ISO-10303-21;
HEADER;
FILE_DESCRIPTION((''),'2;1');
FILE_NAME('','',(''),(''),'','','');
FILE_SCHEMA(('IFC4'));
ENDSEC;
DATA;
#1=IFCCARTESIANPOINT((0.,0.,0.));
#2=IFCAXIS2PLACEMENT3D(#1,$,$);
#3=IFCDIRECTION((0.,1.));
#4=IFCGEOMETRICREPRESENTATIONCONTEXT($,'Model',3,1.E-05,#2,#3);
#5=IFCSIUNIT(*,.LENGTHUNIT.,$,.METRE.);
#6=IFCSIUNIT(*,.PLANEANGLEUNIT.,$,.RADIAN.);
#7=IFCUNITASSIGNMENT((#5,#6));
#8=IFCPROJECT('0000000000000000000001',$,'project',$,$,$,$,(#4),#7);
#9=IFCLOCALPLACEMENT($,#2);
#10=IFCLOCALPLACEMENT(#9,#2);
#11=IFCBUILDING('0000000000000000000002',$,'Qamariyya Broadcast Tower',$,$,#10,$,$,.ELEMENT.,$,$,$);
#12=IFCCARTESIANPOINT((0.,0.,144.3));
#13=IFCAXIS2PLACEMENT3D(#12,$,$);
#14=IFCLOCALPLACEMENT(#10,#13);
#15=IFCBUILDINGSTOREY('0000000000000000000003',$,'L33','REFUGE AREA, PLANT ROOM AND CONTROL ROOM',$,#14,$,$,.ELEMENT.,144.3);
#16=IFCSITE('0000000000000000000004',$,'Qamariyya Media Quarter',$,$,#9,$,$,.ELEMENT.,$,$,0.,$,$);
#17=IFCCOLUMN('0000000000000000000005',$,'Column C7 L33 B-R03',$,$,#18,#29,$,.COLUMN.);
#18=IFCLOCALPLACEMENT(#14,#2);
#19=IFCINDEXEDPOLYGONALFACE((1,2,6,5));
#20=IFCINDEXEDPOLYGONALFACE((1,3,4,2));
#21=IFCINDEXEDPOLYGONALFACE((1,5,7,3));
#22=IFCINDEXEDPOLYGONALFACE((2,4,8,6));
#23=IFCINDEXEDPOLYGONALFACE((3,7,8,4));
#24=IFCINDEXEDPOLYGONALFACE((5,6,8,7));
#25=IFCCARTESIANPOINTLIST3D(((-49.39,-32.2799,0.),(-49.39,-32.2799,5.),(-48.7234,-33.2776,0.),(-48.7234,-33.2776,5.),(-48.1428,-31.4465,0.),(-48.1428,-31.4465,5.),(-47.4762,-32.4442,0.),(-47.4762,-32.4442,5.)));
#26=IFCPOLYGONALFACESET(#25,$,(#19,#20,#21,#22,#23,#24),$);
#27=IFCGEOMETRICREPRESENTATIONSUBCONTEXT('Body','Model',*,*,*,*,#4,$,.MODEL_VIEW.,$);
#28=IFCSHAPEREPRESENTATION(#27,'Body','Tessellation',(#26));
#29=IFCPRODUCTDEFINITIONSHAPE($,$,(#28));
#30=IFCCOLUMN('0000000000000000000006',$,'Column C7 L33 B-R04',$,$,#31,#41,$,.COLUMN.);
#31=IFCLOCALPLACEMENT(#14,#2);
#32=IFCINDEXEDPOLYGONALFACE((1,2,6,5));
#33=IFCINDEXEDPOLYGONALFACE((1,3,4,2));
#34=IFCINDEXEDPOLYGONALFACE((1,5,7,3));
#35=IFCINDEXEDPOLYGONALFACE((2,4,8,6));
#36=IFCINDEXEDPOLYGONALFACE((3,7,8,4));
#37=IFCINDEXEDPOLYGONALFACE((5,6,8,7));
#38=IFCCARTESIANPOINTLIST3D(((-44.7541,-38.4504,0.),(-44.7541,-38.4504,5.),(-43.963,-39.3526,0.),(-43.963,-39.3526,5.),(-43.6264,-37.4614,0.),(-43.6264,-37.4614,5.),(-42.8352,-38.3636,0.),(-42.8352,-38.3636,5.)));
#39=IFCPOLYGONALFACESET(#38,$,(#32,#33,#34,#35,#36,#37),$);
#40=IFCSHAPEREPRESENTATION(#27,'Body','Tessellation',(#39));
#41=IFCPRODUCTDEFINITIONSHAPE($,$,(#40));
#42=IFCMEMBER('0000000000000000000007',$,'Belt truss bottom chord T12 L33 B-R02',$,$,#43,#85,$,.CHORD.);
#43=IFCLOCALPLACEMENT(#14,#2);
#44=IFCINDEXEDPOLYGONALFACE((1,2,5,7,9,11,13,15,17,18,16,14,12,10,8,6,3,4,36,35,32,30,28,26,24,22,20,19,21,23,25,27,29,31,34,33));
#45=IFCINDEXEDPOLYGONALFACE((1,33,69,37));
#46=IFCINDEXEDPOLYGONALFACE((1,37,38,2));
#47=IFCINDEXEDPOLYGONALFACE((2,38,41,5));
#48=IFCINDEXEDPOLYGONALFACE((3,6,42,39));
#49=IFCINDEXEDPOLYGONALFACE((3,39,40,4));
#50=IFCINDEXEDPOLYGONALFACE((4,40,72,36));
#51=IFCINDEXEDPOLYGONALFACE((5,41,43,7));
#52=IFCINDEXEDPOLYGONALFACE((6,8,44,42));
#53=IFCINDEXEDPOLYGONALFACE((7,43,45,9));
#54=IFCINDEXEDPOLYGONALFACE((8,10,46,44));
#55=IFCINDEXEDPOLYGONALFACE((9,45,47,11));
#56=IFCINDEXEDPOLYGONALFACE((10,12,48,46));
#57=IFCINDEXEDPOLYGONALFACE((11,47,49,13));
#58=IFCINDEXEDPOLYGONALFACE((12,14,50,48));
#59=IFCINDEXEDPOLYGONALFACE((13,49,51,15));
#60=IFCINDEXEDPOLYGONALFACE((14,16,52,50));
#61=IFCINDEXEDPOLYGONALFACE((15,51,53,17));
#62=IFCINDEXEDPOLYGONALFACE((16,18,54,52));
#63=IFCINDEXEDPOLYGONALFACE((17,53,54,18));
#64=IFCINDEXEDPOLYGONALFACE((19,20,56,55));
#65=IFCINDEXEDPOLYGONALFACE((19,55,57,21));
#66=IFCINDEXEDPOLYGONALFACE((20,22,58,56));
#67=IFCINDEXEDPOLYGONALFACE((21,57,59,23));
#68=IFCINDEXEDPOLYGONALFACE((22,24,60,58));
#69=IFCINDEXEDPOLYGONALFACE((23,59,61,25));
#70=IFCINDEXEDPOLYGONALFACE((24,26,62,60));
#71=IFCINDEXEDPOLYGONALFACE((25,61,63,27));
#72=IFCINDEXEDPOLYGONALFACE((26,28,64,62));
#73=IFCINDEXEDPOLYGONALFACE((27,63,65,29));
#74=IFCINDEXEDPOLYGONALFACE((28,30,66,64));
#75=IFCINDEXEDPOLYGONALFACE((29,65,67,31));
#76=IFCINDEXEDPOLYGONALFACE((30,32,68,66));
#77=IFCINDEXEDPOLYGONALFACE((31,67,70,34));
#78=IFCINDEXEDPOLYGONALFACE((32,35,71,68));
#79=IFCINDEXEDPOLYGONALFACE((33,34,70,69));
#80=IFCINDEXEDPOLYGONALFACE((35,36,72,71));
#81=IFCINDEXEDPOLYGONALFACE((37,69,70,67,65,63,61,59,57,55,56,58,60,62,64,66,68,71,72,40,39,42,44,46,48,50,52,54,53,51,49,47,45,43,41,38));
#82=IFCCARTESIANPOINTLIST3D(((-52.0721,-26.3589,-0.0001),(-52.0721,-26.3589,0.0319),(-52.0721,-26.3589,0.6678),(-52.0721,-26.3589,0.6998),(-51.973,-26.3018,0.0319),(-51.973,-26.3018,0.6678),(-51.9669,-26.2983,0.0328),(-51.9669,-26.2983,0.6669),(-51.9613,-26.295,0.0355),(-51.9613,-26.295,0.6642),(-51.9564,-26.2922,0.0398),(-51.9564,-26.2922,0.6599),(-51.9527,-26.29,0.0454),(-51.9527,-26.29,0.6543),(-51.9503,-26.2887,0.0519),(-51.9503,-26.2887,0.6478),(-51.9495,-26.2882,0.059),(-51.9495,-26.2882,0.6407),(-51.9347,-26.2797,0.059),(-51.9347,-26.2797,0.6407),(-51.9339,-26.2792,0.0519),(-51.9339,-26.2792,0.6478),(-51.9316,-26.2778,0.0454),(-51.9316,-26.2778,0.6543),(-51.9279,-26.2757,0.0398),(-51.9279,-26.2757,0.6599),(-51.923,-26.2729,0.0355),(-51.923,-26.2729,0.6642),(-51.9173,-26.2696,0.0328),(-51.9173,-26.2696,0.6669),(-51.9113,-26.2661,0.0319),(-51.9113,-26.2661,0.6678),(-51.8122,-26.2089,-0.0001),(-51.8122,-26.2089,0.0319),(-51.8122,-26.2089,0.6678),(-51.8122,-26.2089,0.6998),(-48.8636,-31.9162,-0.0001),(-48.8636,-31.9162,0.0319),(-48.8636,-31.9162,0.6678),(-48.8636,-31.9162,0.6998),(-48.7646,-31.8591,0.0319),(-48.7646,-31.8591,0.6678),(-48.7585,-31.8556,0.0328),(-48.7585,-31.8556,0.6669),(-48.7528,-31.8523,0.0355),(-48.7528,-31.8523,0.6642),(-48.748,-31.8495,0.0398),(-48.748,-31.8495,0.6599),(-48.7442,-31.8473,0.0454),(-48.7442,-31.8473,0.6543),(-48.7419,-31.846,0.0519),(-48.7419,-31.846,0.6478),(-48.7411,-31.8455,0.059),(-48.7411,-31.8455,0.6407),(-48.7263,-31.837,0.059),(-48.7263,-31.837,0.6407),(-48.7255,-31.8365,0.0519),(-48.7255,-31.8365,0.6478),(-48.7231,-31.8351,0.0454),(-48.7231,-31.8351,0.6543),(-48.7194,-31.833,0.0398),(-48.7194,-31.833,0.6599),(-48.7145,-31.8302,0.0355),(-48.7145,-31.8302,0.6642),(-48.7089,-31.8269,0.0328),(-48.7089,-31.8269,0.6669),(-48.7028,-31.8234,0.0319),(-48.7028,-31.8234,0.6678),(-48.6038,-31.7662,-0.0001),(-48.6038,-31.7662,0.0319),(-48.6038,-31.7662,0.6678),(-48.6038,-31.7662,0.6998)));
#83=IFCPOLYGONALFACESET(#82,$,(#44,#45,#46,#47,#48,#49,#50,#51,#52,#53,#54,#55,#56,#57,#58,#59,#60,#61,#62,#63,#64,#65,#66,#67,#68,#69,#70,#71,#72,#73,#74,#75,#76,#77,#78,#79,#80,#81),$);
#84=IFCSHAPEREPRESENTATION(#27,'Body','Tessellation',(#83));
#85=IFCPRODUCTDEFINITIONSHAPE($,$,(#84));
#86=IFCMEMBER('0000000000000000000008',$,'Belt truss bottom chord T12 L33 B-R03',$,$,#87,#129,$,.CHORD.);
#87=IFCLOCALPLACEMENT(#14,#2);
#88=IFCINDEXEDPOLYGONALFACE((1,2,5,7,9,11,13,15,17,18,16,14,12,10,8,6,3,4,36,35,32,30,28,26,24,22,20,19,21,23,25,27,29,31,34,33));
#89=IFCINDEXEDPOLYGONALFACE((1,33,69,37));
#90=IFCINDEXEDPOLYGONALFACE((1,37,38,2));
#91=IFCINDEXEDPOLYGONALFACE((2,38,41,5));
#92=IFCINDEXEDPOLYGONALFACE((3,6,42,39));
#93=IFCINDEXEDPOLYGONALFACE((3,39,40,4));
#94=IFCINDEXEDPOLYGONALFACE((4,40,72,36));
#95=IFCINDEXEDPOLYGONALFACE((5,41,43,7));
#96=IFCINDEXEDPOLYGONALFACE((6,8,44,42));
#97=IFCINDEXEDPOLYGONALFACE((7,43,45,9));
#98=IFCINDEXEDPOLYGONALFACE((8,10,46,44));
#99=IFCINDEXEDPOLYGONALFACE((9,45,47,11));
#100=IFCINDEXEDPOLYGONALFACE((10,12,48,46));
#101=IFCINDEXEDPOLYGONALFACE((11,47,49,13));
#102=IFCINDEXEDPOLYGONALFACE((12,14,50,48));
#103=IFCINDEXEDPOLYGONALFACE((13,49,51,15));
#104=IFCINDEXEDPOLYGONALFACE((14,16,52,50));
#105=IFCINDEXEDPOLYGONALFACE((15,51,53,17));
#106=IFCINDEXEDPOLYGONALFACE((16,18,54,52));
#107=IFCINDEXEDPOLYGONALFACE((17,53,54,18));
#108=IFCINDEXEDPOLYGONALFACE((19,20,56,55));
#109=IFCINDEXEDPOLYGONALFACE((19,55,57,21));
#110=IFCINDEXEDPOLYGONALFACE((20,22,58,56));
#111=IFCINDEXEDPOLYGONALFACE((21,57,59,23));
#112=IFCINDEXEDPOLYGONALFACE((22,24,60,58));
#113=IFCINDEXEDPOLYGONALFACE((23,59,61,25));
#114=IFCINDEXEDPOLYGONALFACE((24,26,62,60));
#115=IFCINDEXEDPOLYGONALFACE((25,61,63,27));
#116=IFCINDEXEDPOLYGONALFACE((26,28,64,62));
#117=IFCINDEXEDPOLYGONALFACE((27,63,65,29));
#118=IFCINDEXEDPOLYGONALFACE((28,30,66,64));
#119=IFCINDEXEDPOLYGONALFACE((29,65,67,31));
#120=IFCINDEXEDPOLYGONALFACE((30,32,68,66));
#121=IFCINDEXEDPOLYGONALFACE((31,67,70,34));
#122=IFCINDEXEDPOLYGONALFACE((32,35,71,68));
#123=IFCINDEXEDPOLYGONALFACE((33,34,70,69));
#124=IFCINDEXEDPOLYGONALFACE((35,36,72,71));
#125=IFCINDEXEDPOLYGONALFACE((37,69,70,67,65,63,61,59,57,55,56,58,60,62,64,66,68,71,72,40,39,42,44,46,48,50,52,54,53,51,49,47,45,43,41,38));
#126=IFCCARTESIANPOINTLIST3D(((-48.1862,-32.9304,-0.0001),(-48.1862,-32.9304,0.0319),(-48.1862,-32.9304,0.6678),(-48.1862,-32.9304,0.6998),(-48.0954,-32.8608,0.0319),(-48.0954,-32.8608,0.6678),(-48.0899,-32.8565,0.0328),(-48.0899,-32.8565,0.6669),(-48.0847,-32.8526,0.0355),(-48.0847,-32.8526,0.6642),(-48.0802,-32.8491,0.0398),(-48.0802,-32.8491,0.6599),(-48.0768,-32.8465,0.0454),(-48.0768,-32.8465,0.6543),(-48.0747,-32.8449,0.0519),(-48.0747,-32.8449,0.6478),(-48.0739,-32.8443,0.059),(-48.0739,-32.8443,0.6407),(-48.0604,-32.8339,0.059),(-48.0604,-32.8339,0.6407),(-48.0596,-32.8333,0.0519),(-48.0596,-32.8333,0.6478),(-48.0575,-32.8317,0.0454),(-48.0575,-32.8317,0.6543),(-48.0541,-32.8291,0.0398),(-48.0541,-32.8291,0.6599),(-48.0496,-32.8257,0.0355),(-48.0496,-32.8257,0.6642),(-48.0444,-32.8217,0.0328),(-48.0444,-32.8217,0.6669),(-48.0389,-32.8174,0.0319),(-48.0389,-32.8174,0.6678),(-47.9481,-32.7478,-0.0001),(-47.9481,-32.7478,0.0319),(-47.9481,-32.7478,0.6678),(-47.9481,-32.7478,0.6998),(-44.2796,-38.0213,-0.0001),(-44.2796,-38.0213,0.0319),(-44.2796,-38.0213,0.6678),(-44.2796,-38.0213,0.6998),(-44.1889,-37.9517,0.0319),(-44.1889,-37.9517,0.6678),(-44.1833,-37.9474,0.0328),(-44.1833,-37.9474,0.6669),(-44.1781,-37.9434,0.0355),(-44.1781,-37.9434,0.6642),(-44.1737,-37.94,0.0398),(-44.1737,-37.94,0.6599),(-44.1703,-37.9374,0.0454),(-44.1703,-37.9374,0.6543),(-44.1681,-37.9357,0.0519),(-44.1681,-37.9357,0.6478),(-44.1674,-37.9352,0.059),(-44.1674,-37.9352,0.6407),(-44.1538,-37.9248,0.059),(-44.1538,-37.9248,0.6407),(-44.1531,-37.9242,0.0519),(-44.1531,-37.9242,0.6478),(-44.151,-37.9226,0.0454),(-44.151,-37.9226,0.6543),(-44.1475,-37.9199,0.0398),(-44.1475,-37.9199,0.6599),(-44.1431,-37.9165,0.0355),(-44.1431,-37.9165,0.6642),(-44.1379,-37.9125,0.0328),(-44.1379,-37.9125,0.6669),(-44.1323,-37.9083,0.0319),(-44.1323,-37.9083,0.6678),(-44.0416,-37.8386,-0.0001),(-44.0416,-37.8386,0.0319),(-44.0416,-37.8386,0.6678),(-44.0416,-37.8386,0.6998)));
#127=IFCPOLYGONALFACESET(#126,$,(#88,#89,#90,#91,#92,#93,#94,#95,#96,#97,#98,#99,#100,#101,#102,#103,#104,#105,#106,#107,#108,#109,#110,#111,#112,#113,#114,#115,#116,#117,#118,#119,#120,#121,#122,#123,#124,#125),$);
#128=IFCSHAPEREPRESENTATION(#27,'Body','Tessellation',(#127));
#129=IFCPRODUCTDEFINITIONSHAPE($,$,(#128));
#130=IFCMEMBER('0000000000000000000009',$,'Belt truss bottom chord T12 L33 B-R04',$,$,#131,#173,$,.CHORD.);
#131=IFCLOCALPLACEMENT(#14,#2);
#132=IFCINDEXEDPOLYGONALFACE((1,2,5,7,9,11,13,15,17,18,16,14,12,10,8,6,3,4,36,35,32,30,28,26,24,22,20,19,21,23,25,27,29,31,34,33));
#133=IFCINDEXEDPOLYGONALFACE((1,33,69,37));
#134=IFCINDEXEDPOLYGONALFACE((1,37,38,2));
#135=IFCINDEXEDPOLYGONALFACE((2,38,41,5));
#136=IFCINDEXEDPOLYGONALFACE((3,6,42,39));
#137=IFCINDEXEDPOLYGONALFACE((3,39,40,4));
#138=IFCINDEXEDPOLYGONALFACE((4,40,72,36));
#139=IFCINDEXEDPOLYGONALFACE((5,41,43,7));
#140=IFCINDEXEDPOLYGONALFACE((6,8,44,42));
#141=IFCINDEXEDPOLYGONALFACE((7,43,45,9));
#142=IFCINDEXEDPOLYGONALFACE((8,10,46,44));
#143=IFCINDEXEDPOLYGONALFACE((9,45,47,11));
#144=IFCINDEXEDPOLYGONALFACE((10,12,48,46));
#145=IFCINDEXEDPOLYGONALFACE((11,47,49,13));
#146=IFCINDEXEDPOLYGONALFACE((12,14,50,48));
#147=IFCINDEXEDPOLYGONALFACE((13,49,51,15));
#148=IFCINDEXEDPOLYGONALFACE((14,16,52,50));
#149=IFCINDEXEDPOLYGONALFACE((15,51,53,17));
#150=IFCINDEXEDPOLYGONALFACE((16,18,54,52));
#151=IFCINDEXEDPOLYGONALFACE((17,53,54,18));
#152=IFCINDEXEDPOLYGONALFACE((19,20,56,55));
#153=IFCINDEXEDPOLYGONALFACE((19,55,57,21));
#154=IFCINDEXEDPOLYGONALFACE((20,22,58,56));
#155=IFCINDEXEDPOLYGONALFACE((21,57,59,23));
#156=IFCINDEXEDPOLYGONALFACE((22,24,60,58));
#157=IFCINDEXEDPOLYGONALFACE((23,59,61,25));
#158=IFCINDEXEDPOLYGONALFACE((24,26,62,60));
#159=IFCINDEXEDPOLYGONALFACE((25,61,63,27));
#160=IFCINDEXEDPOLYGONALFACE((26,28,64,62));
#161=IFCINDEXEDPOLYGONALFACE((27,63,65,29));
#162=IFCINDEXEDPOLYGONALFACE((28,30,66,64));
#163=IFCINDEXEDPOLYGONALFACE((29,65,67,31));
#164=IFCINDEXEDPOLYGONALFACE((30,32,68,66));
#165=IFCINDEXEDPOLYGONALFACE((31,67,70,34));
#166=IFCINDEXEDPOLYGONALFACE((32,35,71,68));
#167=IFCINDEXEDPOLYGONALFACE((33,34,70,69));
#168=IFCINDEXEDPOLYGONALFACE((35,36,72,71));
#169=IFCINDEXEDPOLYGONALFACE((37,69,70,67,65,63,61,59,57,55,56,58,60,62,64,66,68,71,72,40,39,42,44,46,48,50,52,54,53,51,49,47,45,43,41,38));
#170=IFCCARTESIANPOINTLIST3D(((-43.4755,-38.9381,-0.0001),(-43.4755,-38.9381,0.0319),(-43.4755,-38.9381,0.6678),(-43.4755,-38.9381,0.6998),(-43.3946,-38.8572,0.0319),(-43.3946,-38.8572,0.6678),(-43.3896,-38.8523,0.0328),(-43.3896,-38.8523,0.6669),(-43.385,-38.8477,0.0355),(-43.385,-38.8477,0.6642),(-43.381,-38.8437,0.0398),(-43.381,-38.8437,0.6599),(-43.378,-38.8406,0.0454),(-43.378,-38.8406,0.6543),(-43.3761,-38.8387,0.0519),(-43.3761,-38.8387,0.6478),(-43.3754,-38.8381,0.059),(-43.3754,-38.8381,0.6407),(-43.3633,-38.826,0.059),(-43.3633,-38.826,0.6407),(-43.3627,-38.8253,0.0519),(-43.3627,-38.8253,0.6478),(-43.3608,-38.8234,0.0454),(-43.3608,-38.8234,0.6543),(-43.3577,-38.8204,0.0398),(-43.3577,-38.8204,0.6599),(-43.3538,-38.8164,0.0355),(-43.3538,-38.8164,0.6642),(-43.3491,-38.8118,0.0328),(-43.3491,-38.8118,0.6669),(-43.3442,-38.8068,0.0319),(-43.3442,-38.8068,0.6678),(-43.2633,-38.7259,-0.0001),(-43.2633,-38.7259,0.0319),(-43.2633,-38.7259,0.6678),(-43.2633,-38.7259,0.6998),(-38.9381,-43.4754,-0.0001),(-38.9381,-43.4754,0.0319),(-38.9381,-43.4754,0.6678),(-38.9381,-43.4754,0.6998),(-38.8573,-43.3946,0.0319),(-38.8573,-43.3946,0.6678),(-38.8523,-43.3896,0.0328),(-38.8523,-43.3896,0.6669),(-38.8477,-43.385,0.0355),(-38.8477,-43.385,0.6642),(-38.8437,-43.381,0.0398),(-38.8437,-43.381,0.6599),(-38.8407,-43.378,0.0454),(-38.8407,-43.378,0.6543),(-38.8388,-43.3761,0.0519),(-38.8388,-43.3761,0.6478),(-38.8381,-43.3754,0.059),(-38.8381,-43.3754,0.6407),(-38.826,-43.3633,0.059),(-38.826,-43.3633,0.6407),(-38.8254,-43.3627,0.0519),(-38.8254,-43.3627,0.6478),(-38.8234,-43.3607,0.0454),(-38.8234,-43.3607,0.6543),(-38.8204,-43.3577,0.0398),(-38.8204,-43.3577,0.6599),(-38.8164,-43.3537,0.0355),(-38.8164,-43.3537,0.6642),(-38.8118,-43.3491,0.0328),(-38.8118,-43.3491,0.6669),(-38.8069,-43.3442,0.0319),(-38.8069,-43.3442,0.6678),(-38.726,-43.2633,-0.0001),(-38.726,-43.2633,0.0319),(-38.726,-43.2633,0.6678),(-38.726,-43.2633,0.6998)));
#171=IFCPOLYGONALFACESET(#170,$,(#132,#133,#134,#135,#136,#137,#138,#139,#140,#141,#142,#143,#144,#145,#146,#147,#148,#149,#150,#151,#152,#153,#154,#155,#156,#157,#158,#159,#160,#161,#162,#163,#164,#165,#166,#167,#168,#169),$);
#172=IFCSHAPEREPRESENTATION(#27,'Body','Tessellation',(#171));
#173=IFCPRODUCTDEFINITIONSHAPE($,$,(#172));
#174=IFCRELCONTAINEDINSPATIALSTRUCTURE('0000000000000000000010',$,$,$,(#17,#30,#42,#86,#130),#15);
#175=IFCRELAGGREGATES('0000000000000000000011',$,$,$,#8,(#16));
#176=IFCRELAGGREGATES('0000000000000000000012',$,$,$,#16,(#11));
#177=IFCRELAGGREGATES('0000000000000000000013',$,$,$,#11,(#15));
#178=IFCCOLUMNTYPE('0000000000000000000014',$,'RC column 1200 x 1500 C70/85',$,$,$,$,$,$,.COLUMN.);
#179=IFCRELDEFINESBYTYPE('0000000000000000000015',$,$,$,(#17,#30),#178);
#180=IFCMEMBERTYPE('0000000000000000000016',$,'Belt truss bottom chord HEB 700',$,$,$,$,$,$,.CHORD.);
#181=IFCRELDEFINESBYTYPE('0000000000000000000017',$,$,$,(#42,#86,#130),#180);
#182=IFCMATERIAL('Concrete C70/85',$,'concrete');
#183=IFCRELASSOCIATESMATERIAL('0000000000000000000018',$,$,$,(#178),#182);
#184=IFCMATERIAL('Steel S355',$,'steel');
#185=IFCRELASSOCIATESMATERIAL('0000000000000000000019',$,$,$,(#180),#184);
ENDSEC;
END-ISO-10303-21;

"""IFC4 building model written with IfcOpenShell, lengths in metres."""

from ifc_helpers import new_model, si_unit, direction, frame, origin, origin_2d, place, context, subcontext, project, spatial, rectangle, i_section, extrude, material, material_profile, profile_set, type_object, element, save


model = new_model("IFC4")

# Units and contexts
model_context = context("Model", 3, precision=1e-05, world=origin(), true_north=direction((0.0, 1.0)))
body_context = subcontext(model_context, "Body", "Model", "MODEL_VIEW")
ifc_project = project(units=[si_unit("LENGTHUNIT", "METRE"), si_unit("PLANEANGLEUNIT", "RADIAN")], contexts=[model_context])

# Site, building, storey
site_placement = place(None, origin())
site = spatial("IfcSite", under=ifc_project, at=site_placement, Name="Qamariyya Media Quarter", CompositionType="ELEMENT", RefElevation=0.0)
building_placement = place(site_placement, origin())
building = spatial("IfcBuilding", under=site, at=building_placement, Name="Qamariyya Broadcast Tower", CompositionType="ELEMENT")
storey_placement = place(building_placement, frame((0.0, 0.0, 144.3)))
storey = spatial("IfcBuildingStorey", under=building, at=storey_placement, Name="L33", Description="REFUGE AREA, PLANT ROOM AND CONTROL ROOM", CompositionType="ELEMENT", Elevation=144.3)

# Columns
ifc_material_1 = material(Name="Concrete C70/85", Category="concrete")
ifc_material_profile_1 = material_profile(ifc_material_1, rectangle(XDim=1.2, YDim=1.5, at=origin_2d()))
ifc_profile_set_1 = profile_set([ifc_material_profile_1], Name="Concrete C70/85")
column_type = type_object("IfcColumnType", Name="RC column 1200 x 1500 C70/85", PredefinedType="COLUMN", material=ifc_profile_set_1)
for number, where, z_axis, x_axis, name in (
    (1, (-48.4331, -32.3621, 0.0), (0.0, 0.0, 1.0), (0.55557, -0.83147, 0.0), "Column C7 L33 B-R03"),
    (2, (-43.7947, -38.407, 0.0), (0.0, 0.0, 1.0), (0.659346, -0.75184, 0.0), "Column C7 L33 B-R04"),
):
    element("IfcColumn", number, at=place(storey_placement, frame(where, z_axis=z_axis, x_axis=x_axis)), inside=storey, type_object=column_type, Name=name, PredefinedType="COLUMN", context=body_context, shape_type="SweptSolid", body=[
        extrude(rectangle(XDim=1.2, YDim=1.5, at=origin_2d()), origin(), (0.0, 0.0, 1.0), 5.0),
    ])

# Members
ifc_material_2 = material(Name="Steel S355", Category="steel")
ifc_material_profile_2 = material_profile(ifc_material_2, i_section(OverallWidth=0.3, OverallDepth=0.7, WebThickness=0.0171, FlangeThickness=0.032, FilletRadius=0.0271, at=origin_2d()))
ifc_profile_set_2 = profile_set([ifc_material_profile_2], Name="Steel S355")
member_type_1 = type_object("IfcMemberType", Name="Belt truss bottom chord HEB 700", PredefinedType="CHORD", material=ifc_profile_set_2)
for number, where, z_axis, x_axis, name in (
    (3, (-51.9421, -26.2839, 0.3499), (0.499994, -0.866029, 0.0), (0.866029, 0.499994, 0.0), "Belt truss bottom chord T12 L33 B-R02"),
    (4, (-48.0671, -32.8391, 0.3499), (0.608778, -0.793341, 0.0), (0.793341, 0.608778, 0.0), "Belt truss bottom chord T12 L33 B-R03"),
):
    element("IfcMember", number, at=place(storey_placement, frame(where, z_axis=z_axis, x_axis=x_axis)), inside=storey, type_object=member_type_1, Name=name, PredefinedType="CHORD", context=body_context, shape_type="SweptSolid", body=[
        extrude(i_section(OverallWidth=0.3, OverallDepth=0.7, WebThickness=0.0171, FlangeThickness=0.032, FilletRadius=0.0271, at=origin_2d()), origin(), (0.0, 0.0, 1.0), 6.417),
    ])
member_1_placement = place(storey_placement, frame((-43.3694, -38.832, 0.3499), z_axis=(0.707107, -0.707107, 0.0), x_axis=(0.707107, 0.707107, 0.0)))
element("IfcMember", 5, at=member_1_placement, inside=storey, type_object=member_type_1, Name="Belt truss bottom chord T12 L33 B-R04", PredefinedType="CHORD", context=body_context, shape_type="SweptSolid", body=[
    extrude(i_section(OverallWidth=0.3, OverallDepth=0.7, WebThickness=0.0171, FlangeThickness=0.032, FilletRadius=0.0271, at=origin_2d()), origin(), (0.0, 0.0, 1.0), 6.4167),
])

save(model, "model.ifc")
